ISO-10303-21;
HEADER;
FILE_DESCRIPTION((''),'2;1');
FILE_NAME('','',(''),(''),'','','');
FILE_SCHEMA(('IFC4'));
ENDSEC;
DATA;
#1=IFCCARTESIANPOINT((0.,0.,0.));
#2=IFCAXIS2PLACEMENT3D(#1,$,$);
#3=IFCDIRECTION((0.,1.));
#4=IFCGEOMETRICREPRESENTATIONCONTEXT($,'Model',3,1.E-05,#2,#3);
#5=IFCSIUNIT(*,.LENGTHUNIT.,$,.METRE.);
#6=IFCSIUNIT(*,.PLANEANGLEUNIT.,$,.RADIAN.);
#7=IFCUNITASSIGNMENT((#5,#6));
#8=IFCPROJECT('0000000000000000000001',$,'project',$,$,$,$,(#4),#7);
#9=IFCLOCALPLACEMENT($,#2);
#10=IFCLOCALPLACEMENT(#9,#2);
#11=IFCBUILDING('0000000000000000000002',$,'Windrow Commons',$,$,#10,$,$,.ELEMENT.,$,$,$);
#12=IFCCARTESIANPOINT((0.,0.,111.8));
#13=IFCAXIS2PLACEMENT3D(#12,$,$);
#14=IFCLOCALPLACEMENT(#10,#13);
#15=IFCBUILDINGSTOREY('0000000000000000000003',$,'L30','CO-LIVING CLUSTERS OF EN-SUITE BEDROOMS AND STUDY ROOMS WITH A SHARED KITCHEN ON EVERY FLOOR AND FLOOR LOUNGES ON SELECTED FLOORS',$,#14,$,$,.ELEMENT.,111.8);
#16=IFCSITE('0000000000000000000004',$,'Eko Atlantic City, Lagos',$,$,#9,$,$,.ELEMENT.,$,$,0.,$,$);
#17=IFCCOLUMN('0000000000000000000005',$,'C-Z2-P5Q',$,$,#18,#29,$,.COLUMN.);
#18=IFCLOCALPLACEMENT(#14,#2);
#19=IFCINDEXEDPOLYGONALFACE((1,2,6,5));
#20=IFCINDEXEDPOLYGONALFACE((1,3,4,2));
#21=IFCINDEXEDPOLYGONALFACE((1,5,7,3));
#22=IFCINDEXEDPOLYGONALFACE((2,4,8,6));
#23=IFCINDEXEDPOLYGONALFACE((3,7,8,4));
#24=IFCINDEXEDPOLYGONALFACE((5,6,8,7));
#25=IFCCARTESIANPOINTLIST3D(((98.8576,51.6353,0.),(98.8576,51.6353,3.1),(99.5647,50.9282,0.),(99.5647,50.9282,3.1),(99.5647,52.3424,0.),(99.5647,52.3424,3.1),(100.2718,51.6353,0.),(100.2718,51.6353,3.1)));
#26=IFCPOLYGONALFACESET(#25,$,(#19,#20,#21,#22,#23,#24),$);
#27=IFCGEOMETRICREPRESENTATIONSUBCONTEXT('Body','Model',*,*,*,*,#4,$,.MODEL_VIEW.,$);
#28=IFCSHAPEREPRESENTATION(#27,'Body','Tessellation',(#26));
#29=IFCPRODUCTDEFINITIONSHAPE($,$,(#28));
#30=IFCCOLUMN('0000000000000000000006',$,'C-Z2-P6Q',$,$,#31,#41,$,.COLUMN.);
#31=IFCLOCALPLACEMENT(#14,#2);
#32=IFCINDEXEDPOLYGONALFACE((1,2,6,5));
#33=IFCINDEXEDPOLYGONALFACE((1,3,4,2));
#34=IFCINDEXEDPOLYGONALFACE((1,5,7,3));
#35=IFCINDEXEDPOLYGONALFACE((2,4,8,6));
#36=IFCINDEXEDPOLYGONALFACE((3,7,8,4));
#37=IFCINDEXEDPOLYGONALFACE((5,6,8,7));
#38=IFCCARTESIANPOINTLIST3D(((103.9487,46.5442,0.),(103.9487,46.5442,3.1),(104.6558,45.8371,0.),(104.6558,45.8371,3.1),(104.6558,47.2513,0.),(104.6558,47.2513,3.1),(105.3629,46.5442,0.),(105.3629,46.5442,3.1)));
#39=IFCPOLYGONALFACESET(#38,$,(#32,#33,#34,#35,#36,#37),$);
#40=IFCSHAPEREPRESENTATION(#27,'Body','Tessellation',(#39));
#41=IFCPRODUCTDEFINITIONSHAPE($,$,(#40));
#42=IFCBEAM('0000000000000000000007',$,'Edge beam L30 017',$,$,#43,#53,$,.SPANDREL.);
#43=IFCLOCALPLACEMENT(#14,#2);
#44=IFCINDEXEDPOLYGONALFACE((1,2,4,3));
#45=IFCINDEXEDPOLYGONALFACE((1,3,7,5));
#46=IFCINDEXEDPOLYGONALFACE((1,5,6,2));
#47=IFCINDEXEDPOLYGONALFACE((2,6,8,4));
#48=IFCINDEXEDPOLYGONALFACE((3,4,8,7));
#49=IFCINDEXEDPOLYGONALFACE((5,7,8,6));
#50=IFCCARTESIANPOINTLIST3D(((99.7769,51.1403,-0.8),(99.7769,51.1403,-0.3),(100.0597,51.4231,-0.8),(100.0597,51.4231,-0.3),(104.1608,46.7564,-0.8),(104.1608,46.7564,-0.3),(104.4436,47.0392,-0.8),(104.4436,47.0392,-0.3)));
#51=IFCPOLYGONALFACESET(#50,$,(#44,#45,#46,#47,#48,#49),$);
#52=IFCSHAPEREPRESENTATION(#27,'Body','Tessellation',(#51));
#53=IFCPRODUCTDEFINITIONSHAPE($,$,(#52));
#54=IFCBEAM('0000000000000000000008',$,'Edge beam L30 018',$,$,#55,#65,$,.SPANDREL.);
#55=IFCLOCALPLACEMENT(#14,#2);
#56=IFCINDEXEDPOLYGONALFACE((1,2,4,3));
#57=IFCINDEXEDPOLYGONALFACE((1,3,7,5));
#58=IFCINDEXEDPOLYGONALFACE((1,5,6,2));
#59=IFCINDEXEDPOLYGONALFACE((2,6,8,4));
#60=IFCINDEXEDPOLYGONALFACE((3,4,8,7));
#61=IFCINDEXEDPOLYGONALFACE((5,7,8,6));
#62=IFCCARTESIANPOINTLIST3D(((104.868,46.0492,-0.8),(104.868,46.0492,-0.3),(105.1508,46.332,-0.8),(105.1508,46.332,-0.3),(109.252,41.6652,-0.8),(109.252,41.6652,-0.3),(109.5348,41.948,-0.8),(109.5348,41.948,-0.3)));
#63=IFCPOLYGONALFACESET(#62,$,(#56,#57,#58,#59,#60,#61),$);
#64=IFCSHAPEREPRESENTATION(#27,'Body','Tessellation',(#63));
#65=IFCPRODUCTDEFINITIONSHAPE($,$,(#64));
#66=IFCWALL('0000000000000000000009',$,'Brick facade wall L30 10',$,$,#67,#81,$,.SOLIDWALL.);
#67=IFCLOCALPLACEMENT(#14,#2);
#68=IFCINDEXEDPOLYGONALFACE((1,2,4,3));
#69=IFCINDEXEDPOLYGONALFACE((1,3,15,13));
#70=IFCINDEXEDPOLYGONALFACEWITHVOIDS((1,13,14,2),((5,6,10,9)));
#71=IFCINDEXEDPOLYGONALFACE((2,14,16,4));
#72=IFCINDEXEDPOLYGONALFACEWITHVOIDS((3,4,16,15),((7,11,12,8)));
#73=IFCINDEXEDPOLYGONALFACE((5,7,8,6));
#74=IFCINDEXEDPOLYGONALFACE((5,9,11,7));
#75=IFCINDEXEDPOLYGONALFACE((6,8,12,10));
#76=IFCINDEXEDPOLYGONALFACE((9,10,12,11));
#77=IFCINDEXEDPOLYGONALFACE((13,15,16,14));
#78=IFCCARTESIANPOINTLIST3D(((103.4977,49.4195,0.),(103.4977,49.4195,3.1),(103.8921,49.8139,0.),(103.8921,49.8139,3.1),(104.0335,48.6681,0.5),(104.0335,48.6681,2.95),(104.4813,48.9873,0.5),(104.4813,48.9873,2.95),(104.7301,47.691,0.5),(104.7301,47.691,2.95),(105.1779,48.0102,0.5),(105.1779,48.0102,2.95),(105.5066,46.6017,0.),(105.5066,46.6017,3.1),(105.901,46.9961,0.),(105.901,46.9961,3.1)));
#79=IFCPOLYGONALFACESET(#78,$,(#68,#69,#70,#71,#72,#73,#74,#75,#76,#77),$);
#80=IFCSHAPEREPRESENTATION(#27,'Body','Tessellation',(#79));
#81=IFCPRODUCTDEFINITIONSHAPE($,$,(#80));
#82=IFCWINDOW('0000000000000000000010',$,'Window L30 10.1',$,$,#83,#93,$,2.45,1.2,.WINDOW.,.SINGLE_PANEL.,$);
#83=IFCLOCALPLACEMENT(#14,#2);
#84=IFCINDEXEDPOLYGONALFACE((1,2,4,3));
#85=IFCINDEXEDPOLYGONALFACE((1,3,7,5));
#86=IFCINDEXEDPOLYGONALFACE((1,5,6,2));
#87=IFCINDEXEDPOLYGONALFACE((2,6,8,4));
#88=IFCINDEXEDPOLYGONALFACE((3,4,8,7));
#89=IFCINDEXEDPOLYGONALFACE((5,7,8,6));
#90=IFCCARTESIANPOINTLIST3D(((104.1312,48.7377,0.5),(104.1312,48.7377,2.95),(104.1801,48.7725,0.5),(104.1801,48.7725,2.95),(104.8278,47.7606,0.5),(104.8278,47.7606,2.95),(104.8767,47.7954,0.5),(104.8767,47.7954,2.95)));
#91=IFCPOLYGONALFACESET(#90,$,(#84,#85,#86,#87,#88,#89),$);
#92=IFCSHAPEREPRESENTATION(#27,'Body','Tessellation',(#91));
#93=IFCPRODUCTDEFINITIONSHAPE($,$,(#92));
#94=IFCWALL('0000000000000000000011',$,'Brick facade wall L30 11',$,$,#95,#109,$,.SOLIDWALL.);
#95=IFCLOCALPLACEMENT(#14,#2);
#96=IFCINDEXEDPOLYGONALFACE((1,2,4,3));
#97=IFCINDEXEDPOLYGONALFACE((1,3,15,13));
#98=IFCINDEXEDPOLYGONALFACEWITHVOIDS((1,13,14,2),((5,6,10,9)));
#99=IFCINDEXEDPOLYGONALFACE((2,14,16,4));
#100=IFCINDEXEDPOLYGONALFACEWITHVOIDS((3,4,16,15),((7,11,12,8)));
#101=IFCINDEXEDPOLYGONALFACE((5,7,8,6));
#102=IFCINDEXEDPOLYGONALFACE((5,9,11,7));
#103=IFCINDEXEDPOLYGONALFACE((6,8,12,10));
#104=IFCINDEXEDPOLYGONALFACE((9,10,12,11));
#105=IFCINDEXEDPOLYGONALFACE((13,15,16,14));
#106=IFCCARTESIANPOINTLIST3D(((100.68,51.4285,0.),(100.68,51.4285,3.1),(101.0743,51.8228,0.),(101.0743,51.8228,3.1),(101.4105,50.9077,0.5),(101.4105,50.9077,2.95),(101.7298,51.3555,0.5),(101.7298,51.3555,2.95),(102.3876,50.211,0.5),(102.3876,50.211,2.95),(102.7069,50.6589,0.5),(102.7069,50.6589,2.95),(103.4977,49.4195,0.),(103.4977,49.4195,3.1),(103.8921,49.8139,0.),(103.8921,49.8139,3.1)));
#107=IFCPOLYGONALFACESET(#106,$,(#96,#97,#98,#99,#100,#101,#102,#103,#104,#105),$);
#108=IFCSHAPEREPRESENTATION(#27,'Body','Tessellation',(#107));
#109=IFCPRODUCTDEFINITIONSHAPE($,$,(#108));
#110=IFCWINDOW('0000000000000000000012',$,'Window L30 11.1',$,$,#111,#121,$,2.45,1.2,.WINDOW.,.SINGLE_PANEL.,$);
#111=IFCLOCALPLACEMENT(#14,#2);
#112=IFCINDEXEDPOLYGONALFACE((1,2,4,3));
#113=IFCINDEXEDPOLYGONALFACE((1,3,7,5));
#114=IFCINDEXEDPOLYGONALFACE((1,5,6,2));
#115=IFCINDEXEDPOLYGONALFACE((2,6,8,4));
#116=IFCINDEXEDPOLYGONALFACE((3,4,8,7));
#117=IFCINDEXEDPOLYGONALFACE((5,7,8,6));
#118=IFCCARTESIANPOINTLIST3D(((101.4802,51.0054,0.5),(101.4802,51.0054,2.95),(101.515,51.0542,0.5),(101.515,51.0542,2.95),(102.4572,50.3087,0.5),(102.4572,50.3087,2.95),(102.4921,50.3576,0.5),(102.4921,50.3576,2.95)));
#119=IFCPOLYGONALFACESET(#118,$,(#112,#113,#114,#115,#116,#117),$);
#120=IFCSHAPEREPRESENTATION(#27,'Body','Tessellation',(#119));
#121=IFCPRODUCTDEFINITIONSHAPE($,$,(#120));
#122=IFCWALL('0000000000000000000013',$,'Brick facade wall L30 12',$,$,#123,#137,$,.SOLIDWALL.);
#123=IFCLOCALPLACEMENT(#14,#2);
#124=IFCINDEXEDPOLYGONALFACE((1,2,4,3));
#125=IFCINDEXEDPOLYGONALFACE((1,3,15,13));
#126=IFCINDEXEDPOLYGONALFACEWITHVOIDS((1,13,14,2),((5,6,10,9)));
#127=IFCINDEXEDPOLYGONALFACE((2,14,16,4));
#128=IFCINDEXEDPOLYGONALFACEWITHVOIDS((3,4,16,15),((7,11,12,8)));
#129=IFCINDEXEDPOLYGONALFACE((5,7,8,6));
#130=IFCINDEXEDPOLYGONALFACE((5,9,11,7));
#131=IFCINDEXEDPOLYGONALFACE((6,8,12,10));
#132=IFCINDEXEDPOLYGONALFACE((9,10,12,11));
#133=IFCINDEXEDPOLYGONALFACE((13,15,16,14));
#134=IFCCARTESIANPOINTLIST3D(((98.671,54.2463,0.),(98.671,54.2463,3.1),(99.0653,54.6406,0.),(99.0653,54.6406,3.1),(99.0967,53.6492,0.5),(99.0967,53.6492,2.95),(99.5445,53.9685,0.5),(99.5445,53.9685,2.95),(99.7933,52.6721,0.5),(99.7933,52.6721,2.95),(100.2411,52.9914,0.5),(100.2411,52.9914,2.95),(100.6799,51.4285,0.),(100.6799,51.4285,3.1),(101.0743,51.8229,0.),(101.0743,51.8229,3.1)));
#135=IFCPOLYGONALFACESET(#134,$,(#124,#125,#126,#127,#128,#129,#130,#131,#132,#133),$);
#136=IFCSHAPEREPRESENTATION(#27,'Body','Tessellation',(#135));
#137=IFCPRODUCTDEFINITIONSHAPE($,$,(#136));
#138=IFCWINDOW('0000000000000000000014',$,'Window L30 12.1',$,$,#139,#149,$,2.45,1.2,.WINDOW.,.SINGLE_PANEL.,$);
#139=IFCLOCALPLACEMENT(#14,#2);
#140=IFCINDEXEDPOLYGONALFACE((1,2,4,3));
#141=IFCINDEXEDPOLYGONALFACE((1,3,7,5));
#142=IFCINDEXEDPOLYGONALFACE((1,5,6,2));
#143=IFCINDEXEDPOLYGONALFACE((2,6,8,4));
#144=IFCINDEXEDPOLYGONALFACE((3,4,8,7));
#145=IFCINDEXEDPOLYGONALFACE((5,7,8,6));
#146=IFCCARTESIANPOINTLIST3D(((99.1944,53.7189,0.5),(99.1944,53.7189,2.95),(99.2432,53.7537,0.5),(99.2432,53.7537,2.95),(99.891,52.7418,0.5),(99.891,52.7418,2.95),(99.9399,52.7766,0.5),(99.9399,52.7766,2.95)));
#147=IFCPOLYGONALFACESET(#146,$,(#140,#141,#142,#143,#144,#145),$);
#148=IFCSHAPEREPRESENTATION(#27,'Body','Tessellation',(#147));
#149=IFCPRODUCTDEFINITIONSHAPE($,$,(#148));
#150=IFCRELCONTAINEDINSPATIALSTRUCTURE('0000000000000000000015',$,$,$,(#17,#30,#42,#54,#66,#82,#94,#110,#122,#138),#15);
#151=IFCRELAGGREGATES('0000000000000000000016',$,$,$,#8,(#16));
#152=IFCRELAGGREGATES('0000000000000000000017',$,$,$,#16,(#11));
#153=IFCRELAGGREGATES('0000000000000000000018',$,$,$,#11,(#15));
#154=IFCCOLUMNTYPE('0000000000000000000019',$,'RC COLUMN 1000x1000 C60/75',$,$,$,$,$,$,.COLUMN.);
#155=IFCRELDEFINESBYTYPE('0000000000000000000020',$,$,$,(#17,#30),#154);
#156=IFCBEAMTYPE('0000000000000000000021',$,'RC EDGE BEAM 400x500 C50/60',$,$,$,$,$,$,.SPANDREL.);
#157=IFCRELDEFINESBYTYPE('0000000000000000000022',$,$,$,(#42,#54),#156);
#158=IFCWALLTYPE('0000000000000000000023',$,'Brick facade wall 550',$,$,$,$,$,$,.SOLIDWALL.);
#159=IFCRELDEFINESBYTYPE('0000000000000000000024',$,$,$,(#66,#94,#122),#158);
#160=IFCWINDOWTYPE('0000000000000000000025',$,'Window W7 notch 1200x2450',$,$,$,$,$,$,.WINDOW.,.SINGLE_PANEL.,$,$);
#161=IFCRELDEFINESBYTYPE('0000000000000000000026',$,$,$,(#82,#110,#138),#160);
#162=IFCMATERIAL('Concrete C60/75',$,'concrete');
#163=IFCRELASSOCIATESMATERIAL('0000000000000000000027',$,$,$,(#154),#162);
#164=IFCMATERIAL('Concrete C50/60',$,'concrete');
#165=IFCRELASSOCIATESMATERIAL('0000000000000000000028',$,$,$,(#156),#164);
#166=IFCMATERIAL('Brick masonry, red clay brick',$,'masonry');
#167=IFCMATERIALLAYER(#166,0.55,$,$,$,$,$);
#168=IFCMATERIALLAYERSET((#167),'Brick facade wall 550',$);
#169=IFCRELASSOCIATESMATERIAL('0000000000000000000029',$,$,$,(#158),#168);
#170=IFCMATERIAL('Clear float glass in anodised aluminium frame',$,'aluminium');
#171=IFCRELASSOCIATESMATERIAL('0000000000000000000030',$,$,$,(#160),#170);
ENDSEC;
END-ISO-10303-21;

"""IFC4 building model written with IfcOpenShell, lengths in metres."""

from ifc_helpers import new_model, si_unit, direction, frame, frame_2d, origin, origin_2d, place, context, subcontext, project, spatial, polyline, rectangle, outline, extrude, material, layer, layer_set, material_profile, profile_set, type_object, element, fill, save


model = new_model("IFC4")

# Units and contexts
model_context = context("Model", 3, precision=1e-05, world=origin(), true_north=direction((0.0, 1.0)))
body_context = subcontext(model_context, "Body", "Model", "MODEL_VIEW")
ifc_project = project(units=[si_unit("LENGTHUNIT", "METRE"), si_unit("PLANEANGLEUNIT", "RADIAN")], contexts=[model_context])

# Site, building, storey
site_placement = place(None, origin())
site = spatial("IfcSite", under=ifc_project, at=site_placement, Name="Eko Atlantic City, Lagos", CompositionType="ELEMENT", RefElevation=0.0)
building_placement = place(site_placement, origin())
building = spatial("IfcBuilding", under=site, at=building_placement, Name="Windrow Commons", CompositionType="ELEMENT")
storey_placement = place(building_placement, frame((0.0, 0.0, 111.8)))
storey = spatial("IfcBuildingStorey", under=building, at=storey_placement, Name="L30", Description="CO-LIVING CLUSTERS OF EN-SUITE BEDROOMS AND STUDY ROOMS WITH A SHARED KITCHEN ON EVERY FLOOR AND FLOOR LOUNGES ON SELECTED FLOORS", CompositionType="ELEMENT", Elevation=111.8)

# Columns
ifc_material_1 = material(Name="Concrete C60/75", Category="concrete")
ifc_material_profile_1 = material_profile(ifc_material_1, rectangle(XDim=1.0, YDim=1.0, at=origin_2d()))
ifc_profile_set_1 = profile_set([ifc_material_profile_1], Name="Concrete C60/75")
column_type = type_object("IfcColumnType", Name="RC COLUMN 1000x1000 C60/75", PredefinedType="COLUMN", material=ifc_profile_set_1)
for number, where, z_axis, x_axis, name in (
    (1, (99.5647, 51.6353, 0.0), (0.0, 0.0, 1.0), (0.707107, -0.707107, 0.0), "C-Z2-P5Q"),
    (2, (104.6558, 46.5442, 0.0), (0.0, 0.0, 1.0), (0.707107, -0.707107, 0.0), "C-Z2-P6Q"),
):
    element("IfcColumn", number, at=place(storey_placement, frame(where, z_axis=z_axis, x_axis=x_axis)), inside=storey, type_object=column_type, Name=name, PredefinedType="COLUMN", context=body_context, shape_type="SweptSolid", body=[
        extrude(rectangle(XDim=1.0, YDim=1.0, at=origin_2d()), origin(), (0.0, 0.0, 1.0), 3.1),
    ])

# Beams
ifc_material_2 = material(Name="Concrete C50/60", Category="concrete")
ifc_material_profile_2 = material_profile(ifc_material_2, rectangle(XDim=0.4, YDim=0.5, at=origin_2d()))
ifc_profile_set_2 = profile_set([ifc_material_profile_2], Name="Concrete C50/60")
beam_type = type_object("IfcBeamType", Name="RC EDGE BEAM 400x500 C50/60", PredefinedType="SPANDREL", material=ifc_profile_set_2)
beam_1_placement = place(storey_placement, frame((99.9183, 51.2817, -0.55), z_axis=(0.707107, -0.707107, 0.0), x_axis=(0.707107, 0.707107, 0.0)))
element("IfcBeam", 3, at=beam_1_placement, inside=storey, type_object=beam_type, Name="Edge beam L30 017", PredefinedType="SPANDREL", context=body_context, shape_type="SweptSolid", body=[
    extrude(rectangle(XDim=0.4, YDim=0.5, at=origin_2d()), origin(), (0.0, 0.0, 1.0), 6.1998),
])
beam_2_placement = place(storey_placement, frame((105.0094, 46.1906, -0.55), z_axis=(0.707107, -0.707107, 0.0), x_axis=(0.707107, 0.707107, 0.0)))
element("IfcBeam", 4, at=beam_2_placement, inside=storey, type_object=beam_type, Name="Edge beam L30 018", PredefinedType="SPANDREL", context=body_context, shape_type="SweptSolid", body=[
    extrude(rectangle(XDim=0.4, YDim=0.5, at=origin_2d()), origin(), (0.0, 0.0, 1.0), 6.1999),
])

# Walls, openings, windows
ifc_material_3 = material(Name="Brick masonry, red clay brick", Category="masonry")
ifc_layer_1 = layer(ifc_material_3, 0.55)
ifc_layer_set_1 = layer_set([ifc_layer_1], Name="Brick facade wall 550")
wall_type_1 = type_object("IfcWallType", Name="Brick facade wall 550", PredefinedType="SOLIDWALL", material=ifc_layer_set_1)
wall_1_placement = place(storey_placement, frame((105.7038, 46.7989, 0.0), z_axis=(0.0, 0.0, 1.0), x_axis=(-0.580508, 0.814254, 0.0)))
wall_1 = element("IfcWall", 5, at=wall_1_placement, inside=storey, type_object=wall_type_1, Name="Brick facade wall L30 10", PredefinedType="SOLIDWALL", context=body_context, shape_type="SweptSolid", body=[
    extrude(outline(polyline([(0.0461, -0.275), (3.5067, -0.275), (3.4145, 0.275), (-0.0461, 0.275), (0.0461, -0.275)])), origin(), (0.0, 0.0, 1.0), 3.1),
])
opening_1_placement = place(wall_1_placement, frame((1.2916, 0.0, 0.5)))
opening_1 = element("IfcOpeningElement", 6, at=opening_1_placement, cuts=wall_1, PredefinedType="OPENING", context=body_context, shape_type="SweptSolid", body=[
    extrude(rectangle(XDim=1.2, YDim=2.45, at=frame_2d((0.6, 1.225))), frame((0.0, 0.285, 0.0), z_axis=(0.0, -1.0, 0.0), x_axis=(1.0, 0.0, 0.0)), (0.0, 0.0, 1.0), 0.57),
])
ifc_material_4 = material(Name="Clear float glass in anodised aluminium frame", Category="aluminium")
window_type = type_object("IfcWindowType", Name="Window W7 notch 1200x2450", PartitioningType="SINGLE_PANEL", PredefinedType="WINDOW", material=ifc_material_4)
window_1_placement = place(opening_1_placement, origin())
window_1 = element("IfcWindow", 7, at=window_1_placement, inside=storey, type_object=window_type, Name="Window L30 10.1", OverallHeight=2.45, OverallWidth=1.2, PartitioningType="SINGLE_PANEL", PredefinedType="WINDOW", context=body_context, shape_type="SweptSolid", body=[
    extrude(rectangle(XDim=1.2, YDim=2.45, at=frame_2d((0.6, 1.225))), frame((0.0, 0.155, 0.0), z_axis=(0.0, -1.0, 0.0), x_axis=(1.0, 0.0, 0.0)), (0.0, 0.0, 1.0), 0.06),
])
fill(opening_1, window_1)
wall_2_placement = place(storey_placement, frame((103.6949, 49.6167, 0.0), z_axis=(0.0, 0.0, 1.0), x_axis=(-0.814241, 0.580527, 0.0)))
wall_2 = element("IfcWall", 8, at=wall_2_placement, inside=storey, type_object=wall_type_1, Name="Brick facade wall L30 11", PredefinedType="SOLIDWALL", context=body_context, shape_type="SweptSolid", body=[
    extrude(outline(polyline([(-0.0461, -0.275), (3.4145, -0.275), (3.5067, 0.275), (0.0461, 0.275), (-0.0461, -0.275)])), origin(), (0.0, 0.0, 1.0), 3.1),
])
opening_2_placement = place(wall_2_placement, frame((1.4095, 0.0, 0.5)))
opening_2 = element("IfcOpeningElement", 9, at=opening_2_placement, cuts=wall_2, PredefinedType="OPENING", context=body_context, shape_type="SweptSolid", body=[
    extrude(rectangle(XDim=1.2, YDim=2.45, at=frame_2d((0.6, 1.225))), frame((0.0, 0.285, 0.0), z_axis=(0.0, -1.0, 0.0), x_axis=(1.0, 0.0, 0.0)), (0.0, 0.0, 1.0), 0.57),
])
window_2_placement = place(opening_2_placement, origin())
window_2 = element("IfcWindow", 10, at=window_2_placement, inside=storey, type_object=window_type, Name="Window L30 11.1", OverallHeight=2.45, OverallWidth=1.2, PartitioningType="SINGLE_PANEL", PredefinedType="WINDOW", context=body_context, shape_type="SweptSolid", body=[
    extrude(rectangle(XDim=1.2, YDim=2.45, at=frame_2d((0.6, 1.225))), frame((0.0, 0.155, 0.0), z_axis=(0.0, -1.0, 0.0), x_axis=(1.0, 0.0, 0.0)), (0.0, 0.0, 1.0), 0.06),
])
fill(opening_2, window_2)
wall_3_placement = place(storey_placement, frame((100.8771, 51.6257, 0.0), z_axis=(0.0, 0.0, 1.0), x_axis=(-0.580527, 0.814241, 0.0)))
wall_3 = element("IfcWall", 11, at=wall_3_placement, inside=storey, type_object=wall_type_1, Name="Brick facade wall L30 12", PredefinedType="SOLIDWALL", context=body_context, shape_type="SweptSolid", body=[
    extrude(outline(polyline([(0.0461, -0.275), (3.5067, -0.275), (3.4145, 0.275), (-0.0461, 0.275), (0.0461, -0.275)])), origin(), (0.0, 0.0, 1.0), 3.1),
])
opening_3_placement = place(wall_3_placement, frame((1.4812, 0.0, 0.5)))
opening_3 = element("IfcOpeningElement", 12, at=opening_3_placement, cuts=wall_3, PredefinedType="OPENING", context=body_context, shape_type="SweptSolid", body=[
    extrude(rectangle(XDim=1.2, YDim=2.45, at=frame_2d((0.6, 1.225))), frame((0.0, 0.285, 0.0), z_axis=(0.0, -1.0, 0.0), x_axis=(1.0, 0.0, 0.0)), (0.0, 0.0, 1.0), 0.57),
])
window_3_placement = place(opening_3_placement, origin())
window_3 = element("IfcWindow", 13, at=window_3_placement, inside=storey, type_object=window_type, Name="Window L30 12.1", OverallHeight=2.45, OverallWidth=1.2, PartitioningType="SINGLE_PANEL", PredefinedType="WINDOW", context=body_context, shape_type="SweptSolid", body=[
    extrude(rectangle(XDim=1.2, YDim=2.45, at=frame_2d((0.6, 1.225))), frame((0.0, 0.155, 0.0), z_axis=(0.0, -1.0, 0.0), x_axis=(1.0, 0.0, 0.0)), (0.0, 0.0, 1.0), 0.06),
])
fill(opening_3, window_3)

save(model, "model.ifc")
